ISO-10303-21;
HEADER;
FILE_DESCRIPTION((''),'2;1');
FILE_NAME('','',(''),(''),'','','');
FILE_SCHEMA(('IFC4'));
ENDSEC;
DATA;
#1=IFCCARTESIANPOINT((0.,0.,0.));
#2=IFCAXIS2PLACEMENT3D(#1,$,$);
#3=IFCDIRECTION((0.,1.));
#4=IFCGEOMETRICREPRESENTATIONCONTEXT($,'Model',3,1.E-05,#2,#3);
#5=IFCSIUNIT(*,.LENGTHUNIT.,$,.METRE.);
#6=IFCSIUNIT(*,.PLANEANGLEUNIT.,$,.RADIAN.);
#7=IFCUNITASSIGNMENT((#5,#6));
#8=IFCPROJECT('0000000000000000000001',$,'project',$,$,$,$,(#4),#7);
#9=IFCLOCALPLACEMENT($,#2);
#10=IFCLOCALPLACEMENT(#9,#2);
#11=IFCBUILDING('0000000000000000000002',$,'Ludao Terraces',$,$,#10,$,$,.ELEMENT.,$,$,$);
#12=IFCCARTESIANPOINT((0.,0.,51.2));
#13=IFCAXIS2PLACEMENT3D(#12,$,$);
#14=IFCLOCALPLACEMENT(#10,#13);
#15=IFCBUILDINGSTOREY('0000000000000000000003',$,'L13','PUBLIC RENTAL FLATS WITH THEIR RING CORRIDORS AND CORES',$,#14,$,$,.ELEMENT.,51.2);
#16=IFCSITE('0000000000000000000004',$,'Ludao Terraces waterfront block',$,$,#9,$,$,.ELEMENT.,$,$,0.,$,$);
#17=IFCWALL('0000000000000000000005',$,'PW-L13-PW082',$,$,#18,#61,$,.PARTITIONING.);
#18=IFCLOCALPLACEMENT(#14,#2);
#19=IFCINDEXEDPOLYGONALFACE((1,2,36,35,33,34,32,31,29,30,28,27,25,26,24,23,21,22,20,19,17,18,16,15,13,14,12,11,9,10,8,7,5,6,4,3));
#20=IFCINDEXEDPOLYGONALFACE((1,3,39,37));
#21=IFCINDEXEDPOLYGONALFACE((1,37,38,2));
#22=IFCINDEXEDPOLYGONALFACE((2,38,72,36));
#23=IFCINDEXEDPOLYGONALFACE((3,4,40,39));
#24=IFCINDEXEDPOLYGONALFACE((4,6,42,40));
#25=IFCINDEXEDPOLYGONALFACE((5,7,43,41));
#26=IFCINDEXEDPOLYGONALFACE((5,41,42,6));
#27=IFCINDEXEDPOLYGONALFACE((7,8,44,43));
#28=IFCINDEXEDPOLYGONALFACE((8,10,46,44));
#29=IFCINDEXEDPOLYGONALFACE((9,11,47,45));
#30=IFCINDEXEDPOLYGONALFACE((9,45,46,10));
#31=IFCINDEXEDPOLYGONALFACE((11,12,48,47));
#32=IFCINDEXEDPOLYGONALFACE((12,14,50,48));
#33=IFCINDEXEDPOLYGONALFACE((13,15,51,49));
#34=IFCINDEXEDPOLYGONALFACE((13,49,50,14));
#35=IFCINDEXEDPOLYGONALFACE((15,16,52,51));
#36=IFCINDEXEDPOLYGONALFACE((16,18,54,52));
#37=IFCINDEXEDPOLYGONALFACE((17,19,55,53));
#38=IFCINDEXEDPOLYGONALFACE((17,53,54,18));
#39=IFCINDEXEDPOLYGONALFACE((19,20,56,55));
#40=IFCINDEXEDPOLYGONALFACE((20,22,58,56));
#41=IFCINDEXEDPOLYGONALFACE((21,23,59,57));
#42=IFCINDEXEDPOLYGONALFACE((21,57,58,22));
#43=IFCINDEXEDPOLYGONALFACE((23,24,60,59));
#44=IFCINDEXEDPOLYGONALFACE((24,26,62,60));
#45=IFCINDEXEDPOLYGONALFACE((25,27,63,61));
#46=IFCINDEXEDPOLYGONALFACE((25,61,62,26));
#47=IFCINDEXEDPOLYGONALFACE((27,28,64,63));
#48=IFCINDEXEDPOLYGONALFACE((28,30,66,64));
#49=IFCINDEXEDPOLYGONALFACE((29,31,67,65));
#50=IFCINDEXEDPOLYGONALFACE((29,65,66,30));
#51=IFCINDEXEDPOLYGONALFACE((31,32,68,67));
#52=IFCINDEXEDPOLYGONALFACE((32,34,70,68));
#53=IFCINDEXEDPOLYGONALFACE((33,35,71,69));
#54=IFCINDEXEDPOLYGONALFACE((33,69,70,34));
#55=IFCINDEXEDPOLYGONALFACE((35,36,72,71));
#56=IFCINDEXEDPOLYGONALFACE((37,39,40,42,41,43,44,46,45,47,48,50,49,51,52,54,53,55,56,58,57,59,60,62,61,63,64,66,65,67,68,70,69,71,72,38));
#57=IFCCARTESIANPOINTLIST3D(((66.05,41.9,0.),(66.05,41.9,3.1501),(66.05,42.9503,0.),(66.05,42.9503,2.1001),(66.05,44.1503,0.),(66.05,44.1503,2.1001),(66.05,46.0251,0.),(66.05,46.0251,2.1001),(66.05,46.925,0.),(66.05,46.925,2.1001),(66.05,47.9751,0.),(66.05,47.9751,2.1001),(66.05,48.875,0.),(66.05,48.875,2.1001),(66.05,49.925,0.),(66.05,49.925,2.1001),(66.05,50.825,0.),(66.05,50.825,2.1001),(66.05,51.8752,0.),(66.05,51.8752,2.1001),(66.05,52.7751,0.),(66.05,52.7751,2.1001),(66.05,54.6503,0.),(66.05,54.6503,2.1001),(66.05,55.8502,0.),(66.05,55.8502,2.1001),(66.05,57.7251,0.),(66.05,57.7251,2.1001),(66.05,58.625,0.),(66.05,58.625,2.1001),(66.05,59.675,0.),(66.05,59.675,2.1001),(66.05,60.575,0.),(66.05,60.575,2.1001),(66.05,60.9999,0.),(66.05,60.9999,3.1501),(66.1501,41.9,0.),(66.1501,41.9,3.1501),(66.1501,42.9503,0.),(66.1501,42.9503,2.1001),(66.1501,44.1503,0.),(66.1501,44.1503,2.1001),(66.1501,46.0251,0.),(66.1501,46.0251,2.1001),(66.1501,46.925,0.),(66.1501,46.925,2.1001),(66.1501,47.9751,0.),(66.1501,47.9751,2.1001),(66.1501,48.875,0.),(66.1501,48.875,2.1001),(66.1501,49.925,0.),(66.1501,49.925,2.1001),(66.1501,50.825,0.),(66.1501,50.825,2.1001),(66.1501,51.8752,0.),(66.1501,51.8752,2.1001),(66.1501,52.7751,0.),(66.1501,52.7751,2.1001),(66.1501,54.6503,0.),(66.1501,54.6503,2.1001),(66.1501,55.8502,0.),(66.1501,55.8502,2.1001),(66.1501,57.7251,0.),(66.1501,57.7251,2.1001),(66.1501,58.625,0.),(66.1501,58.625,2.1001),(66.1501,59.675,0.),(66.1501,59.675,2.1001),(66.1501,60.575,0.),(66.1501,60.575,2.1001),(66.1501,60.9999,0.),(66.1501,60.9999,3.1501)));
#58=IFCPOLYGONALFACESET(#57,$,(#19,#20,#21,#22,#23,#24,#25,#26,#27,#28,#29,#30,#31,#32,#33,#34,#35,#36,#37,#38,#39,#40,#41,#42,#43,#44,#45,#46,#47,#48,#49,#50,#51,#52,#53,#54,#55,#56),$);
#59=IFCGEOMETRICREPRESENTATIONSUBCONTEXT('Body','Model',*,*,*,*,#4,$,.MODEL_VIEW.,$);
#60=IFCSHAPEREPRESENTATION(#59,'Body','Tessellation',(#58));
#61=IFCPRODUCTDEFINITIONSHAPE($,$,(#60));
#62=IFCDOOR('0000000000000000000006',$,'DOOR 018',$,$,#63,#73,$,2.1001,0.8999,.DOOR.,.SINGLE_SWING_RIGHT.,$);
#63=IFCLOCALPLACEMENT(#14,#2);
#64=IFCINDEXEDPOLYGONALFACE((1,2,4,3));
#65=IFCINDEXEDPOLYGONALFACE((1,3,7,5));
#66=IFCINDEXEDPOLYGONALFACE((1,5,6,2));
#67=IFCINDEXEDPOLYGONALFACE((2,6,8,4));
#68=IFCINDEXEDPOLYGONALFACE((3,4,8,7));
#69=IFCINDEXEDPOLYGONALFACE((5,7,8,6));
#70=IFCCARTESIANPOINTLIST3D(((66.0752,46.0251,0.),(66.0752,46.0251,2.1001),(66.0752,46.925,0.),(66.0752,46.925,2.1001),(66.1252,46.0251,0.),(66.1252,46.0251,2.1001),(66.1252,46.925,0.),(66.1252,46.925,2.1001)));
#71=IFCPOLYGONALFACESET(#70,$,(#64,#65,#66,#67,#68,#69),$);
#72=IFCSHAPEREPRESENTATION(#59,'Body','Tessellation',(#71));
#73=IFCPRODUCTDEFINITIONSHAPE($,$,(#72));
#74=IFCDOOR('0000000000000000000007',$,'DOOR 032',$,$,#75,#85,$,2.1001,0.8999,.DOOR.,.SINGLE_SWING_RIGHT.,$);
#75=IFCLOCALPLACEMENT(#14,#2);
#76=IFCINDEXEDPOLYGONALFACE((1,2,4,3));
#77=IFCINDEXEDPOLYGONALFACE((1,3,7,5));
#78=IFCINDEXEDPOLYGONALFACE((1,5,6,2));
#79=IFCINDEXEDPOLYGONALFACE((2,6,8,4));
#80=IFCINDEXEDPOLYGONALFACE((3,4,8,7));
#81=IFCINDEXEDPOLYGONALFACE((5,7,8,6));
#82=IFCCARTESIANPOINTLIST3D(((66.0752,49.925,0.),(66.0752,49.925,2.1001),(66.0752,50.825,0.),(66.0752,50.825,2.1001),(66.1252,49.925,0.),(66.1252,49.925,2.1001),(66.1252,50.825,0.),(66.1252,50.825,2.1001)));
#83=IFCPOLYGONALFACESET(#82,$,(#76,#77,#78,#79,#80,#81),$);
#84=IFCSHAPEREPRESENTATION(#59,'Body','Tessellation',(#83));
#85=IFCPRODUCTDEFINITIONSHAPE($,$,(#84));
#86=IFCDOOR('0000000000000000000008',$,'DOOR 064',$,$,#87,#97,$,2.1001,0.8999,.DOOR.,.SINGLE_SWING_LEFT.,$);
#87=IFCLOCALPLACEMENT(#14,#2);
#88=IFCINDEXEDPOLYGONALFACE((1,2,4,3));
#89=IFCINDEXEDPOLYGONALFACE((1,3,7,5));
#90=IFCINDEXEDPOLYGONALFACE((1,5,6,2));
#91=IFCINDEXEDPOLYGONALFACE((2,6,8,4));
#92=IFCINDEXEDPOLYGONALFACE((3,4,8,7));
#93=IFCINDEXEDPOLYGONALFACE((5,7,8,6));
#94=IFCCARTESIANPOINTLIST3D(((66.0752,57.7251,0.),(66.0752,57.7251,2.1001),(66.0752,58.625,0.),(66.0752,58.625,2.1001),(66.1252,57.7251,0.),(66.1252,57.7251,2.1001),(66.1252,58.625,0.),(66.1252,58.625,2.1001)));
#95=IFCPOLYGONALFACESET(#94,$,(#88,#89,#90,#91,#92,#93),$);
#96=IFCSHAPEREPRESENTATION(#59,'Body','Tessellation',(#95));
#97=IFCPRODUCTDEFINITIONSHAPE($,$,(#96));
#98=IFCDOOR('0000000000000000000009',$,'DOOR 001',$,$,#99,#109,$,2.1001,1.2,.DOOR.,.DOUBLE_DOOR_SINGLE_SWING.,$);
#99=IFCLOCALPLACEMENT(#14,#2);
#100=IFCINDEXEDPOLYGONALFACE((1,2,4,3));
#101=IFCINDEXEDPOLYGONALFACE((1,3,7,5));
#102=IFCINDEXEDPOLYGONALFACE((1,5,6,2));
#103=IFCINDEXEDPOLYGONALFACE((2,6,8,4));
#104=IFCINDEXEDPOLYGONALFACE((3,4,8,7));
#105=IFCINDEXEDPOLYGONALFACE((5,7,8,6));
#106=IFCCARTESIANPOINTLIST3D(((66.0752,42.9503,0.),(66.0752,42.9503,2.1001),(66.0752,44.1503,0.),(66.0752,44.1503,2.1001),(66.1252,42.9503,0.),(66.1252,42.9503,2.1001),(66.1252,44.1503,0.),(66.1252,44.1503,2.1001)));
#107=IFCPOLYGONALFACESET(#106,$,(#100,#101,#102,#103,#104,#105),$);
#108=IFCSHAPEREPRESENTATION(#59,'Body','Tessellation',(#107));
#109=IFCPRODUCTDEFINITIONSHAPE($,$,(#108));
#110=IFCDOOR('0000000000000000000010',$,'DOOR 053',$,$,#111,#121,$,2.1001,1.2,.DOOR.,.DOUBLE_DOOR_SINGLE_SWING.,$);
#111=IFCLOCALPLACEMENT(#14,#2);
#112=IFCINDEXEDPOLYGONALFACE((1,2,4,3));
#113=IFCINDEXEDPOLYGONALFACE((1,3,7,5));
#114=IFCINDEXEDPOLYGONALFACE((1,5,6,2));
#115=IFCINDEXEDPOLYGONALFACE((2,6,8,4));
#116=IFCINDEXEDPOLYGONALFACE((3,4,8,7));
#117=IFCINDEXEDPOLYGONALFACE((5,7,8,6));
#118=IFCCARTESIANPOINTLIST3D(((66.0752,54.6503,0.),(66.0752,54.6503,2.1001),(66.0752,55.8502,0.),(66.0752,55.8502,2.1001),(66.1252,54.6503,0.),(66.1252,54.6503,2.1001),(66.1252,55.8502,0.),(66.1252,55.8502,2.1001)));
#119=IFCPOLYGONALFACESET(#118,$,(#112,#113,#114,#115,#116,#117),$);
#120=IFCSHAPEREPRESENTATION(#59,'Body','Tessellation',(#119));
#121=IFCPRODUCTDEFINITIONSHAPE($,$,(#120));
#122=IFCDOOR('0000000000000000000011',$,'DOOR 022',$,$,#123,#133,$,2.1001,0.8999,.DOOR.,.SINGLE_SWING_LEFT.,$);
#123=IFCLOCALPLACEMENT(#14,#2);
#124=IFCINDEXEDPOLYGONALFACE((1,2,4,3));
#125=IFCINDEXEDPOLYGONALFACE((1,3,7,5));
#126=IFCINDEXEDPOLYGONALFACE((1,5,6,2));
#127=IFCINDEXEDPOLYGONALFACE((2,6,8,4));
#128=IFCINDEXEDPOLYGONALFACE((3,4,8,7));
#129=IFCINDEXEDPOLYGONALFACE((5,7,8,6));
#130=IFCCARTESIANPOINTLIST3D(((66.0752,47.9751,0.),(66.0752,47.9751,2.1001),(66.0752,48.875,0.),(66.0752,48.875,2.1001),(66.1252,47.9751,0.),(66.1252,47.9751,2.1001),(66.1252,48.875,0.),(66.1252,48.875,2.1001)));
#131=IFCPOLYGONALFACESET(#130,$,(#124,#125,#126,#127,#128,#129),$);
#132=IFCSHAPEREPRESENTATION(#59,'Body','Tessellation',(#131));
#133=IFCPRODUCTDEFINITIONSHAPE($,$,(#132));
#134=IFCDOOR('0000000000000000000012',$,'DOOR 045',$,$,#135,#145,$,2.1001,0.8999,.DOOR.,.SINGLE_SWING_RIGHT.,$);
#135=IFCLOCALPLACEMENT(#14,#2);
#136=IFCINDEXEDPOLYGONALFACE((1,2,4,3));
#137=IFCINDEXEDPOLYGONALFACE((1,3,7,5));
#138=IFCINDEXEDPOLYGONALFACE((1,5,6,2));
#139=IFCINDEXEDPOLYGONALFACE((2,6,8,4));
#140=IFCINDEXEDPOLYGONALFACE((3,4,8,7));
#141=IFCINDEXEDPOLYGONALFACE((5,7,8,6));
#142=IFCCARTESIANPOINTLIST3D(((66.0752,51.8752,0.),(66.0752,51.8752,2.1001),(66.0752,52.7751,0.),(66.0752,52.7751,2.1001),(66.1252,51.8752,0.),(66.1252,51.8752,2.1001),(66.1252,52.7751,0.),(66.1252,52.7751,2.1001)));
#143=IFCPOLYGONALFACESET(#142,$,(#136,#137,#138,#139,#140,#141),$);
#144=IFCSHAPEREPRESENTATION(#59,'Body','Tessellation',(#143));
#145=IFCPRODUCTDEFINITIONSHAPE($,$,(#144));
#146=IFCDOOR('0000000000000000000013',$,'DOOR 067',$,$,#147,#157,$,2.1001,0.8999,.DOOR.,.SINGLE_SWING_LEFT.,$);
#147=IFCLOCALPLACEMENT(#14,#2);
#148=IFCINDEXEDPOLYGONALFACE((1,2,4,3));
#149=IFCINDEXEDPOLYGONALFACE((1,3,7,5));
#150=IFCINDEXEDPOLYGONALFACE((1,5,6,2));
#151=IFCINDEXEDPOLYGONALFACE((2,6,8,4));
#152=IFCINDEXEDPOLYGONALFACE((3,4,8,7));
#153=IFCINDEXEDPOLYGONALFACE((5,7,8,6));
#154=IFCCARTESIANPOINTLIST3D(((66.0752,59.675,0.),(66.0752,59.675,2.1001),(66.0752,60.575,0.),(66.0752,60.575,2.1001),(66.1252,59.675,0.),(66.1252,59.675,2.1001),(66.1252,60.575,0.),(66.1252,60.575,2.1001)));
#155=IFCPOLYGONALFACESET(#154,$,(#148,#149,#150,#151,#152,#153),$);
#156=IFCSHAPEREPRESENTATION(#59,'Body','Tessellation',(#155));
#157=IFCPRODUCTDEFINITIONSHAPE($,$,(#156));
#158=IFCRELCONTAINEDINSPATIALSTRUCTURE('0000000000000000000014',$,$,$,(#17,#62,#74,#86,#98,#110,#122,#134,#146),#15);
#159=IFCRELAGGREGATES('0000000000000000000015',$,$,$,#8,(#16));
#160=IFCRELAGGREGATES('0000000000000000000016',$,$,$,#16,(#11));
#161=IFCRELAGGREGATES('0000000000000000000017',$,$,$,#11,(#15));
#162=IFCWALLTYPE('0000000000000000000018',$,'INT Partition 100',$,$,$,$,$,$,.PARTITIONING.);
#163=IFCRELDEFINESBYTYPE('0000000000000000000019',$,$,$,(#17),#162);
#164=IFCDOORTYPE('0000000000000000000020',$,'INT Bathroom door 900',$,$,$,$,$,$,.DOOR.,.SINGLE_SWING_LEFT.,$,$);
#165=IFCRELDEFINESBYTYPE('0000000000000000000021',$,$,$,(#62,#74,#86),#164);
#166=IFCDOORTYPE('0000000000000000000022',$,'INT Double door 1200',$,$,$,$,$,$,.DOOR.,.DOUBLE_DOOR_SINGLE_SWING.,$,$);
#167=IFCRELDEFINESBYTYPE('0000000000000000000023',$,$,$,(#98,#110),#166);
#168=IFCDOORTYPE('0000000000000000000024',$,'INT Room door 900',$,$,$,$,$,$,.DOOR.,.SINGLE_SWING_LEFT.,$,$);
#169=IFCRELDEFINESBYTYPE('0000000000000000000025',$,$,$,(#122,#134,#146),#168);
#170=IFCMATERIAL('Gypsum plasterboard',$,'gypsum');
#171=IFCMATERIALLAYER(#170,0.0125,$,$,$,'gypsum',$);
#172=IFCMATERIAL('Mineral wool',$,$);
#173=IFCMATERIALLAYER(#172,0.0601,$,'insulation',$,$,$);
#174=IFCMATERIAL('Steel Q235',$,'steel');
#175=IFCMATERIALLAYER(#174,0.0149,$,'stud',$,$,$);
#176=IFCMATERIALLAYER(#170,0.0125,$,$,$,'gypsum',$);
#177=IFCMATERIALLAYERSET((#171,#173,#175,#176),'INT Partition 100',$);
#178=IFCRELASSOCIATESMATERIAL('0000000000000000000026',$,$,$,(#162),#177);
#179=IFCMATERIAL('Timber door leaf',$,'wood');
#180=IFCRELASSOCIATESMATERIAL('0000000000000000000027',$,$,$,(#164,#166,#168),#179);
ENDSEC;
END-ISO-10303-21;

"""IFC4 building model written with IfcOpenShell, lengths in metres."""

from ifc_helpers import new_model, si_unit, direction, frame, frame_2d, origin, place, context, subcontext, project, spatial, rectangle, extrude, material, layer, layer_set, type_object, element, fill, save


model = new_model("IFC4")

# Units and contexts
model_context = context("Model", 3, precision=1e-05, world=origin(), true_north=direction((0.0, 1.0)))
body_context = subcontext(model_context, "Body", "Model", "MODEL_VIEW")
ifc_project = project(units=[si_unit("LENGTHUNIT", "METRE"), si_unit("PLANEANGLEUNIT", "RADIAN")], contexts=[model_context])

# Site, building, storey
site_placement = place(None, origin())
site = spatial("IfcSite", under=ifc_project, at=site_placement, Name="Ludao Terraces waterfront block", CompositionType="ELEMENT", RefElevation=0.0)
building_placement = place(site_placement, origin())
building = spatial("IfcBuilding", under=site, at=building_placement, Name="Ludao Terraces", CompositionType="ELEMENT")
storey_placement = place(building_placement, frame((0.0, 0.0, 51.2)))
storey = spatial("IfcBuildingStorey", under=building, at=storey_placement, Name="L13", Description="PUBLIC RENTAL FLATS WITH THEIR RING CORRIDORS AND CORES", CompositionType="ELEMENT", Elevation=51.2)

# Wall, openings, doors
ifc_material_1 = material(Name="Gypsum plasterboard", Category="gypsum")
ifc_layer_1 = layer(ifc_material_1, 0.0125, Category="gypsum")
ifc_material_2 = material(Name="Mineral wool")
ifc_layer_2 = layer(ifc_material_2, 0.0601, Name="insulation")
ifc_material_3 = material(Name="Steel Q235", Category="steel")
ifc_layer_3 = layer(ifc_material_3, 0.0149, Name="stud")
ifc_layer_4 = layer(ifc_material_1, 0.0125, Category="gypsum")
ifc_layer_set = layer_set([ifc_layer_1, ifc_layer_2, ifc_layer_3, ifc_layer_4], Name="INT Partition 100")
wall_type = type_object("IfcWallType", Name="INT Partition 100", PredefinedType="PARTITIONING", material=ifc_layer_set)
wall_1_placement = place(storey_placement, frame((66.1001, 41.9001, 0.0), z_axis=(0.0, 0.0, 1.0), x_axis=(0.0, 1.0, 0.0)))
wall_1 = element("IfcWall", 1, at=wall_1_placement, inside=storey, type_object=wall_type, Name="PW-L13-PW082", PredefinedType="PARTITIONING", context=body_context, shape_type="SweptSolid", body=[
    extrude(rectangle(XDim=19.0999, YDim=0.1001, at=frame_2d((9.5498, 0.0))), origin(), (0.0, 0.0, 1.0), 3.1501),
])
opening_1_placement = place(wall_1_placement, frame((1.05, 0.0, 0.0)))
opening_1 = element("IfcOpeningElement", 2, at=opening_1_placement, cuts=wall_1, PredefinedType="OPENING", context=body_context, shape_type="SweptSolid", body=[
    extrude(rectangle(XDim=1.2, YDim=2.1001, at=frame_2d((0.6001, 1.05))), frame((0.0, 0.0601, 0.0), z_axis=(0.0, -1.0, 0.0), x_axis=(1.0, 0.0, 0.0)), (0.0, 0.0, 1.0), 0.1201),
])
opening_2_placement = place(wall_1_placement, frame((4.125, 0.0, 0.0)))
opening_2 = element("IfcOpeningElement", 3, at=opening_2_placement, cuts=wall_1, PredefinedType="OPENING", context=body_context, shape_type="SweptSolid", body=[
    extrude(rectangle(XDim=0.8999, YDim=2.1001, at=frame_2d((0.45, 1.05))), frame((0.0, 0.0601, 0.0), z_axis=(0.0, -1.0, 0.0), x_axis=(1.0, 0.0, 0.0)), (0.0, 0.0, 1.0), 0.1201),
])
opening_3_placement = place(wall_1_placement, frame((6.075, 0.0, 0.0)))
opening_3 = element("IfcOpeningElement", 4, at=opening_3_placement, cuts=wall_1, PredefinedType="OPENING", context=body_context, shape_type="SweptSolid", body=[
    extrude(rectangle(XDim=0.8999, YDim=2.1001, at=frame_2d((0.45, 1.05))), frame((0.0, 0.0601, 0.0), z_axis=(0.0, -1.0, 0.0), x_axis=(1.0, 0.0, 0.0)), (0.0, 0.0, 1.0), 0.1201),
])
opening_4_placement = place(wall_1_placement, frame((8.0249, 0.0, 0.0)))
opening_4 = element("IfcOpeningElement", 5, at=opening_4_placement, cuts=wall_1, PredefinedType="OPENING", context=body_context, shape_type="SweptSolid", body=[
    extrude(rectangle(XDim=0.8999, YDim=2.1001, at=frame_2d((0.45, 1.05))), frame((0.0, 0.0601, 0.0), z_axis=(0.0, -1.0, 0.0), x_axis=(1.0, 0.0, 0.0)), (0.0, 0.0, 1.0), 0.1201),
])
opening_5_placement = place(wall_1_placement, frame((9.9751, 0.0, 0.0)))
opening_5 = element("IfcOpeningElement", 6, at=opening_5_placement, cuts=wall_1, PredefinedType="OPENING", context=body_context, shape_type="SweptSolid", body=[
    extrude(rectangle(XDim=0.8999, YDim=2.1001, at=frame_2d((0.45, 1.05))), frame((0.0, 0.0601, 0.0), z_axis=(0.0, -1.0, 0.0), x_axis=(1.0, 0.0, 0.0)), (0.0, 0.0, 1.0), 0.1201),
])
opening_6_placement = place(wall_1_placement, frame((12.75, 0.0, 0.0)))
opening_6 = element("IfcOpeningElement", 7, at=opening_6_placement, cuts=wall_1, PredefinedType="OPENING", context=body_context, shape_type="SweptSolid", body=[
    extrude(rectangle(XDim=1.2, YDim=2.1001, at=frame_2d((0.6001, 1.05))), frame((0.0, 0.0601, 0.0), z_axis=(0.0, -1.0, 0.0), x_axis=(1.0, 0.0, 0.0)), (0.0, 0.0, 1.0), 0.1201),
])
opening_7_placement = place(wall_1_placement, frame((15.825, 0.0, 0.0)))
opening_7 = element("IfcOpeningElement", 8, at=opening_7_placement, cuts=wall_1, PredefinedType="OPENING", context=body_context, shape_type="SweptSolid", body=[
    extrude(rectangle(XDim=0.8999, YDim=2.1001, at=frame_2d((0.45, 1.05))), frame((0.0, 0.0601, 0.0), z_axis=(0.0, -1.0, 0.0), x_axis=(1.0, 0.0, 0.0)), (0.0, 0.0, 1.0), 0.1201),
])
opening_8_placement = place(wall_1_placement, frame((17.7749, 0.0, 0.0)))
opening_8 = element("IfcOpeningElement", 9, at=opening_8_placement, cuts=wall_1, PredefinedType="OPENING", context=body_context, shape_type="SweptSolid", body=[
    extrude(rectangle(XDim=0.8999, YDim=2.1001, at=frame_2d((0.45, 1.05))), frame((0.0, 0.0601, 0.0), z_axis=(0.0, -1.0, 0.0), x_axis=(1.0, 0.0, 0.0)), (0.0, 0.0, 1.0), 0.1201),
])
ifc_material_4 = material(Name="Timber door leaf", Category="wood")
door_type_1 = type_object("IfcDoorType", Name="INT Bathroom door 900", OperationType="SINGLE_SWING_LEFT", PredefinedType="DOOR", material=ifc_material_4)
door_1_placement = place(opening_2_placement, origin())
door_1 = element("IfcDoor", 10, at=door_1_placement, inside=storey, type_object=door_type_1, Name="DOOR 018", OperationType="SINGLE_SWING_RIGHT", OverallHeight=2.1001, OverallWidth=0.8999, PredefinedType="DOOR", context=body_context, shape_type="SweptSolid", body=[
    extrude(rectangle(XDim=0.8999, YDim=2.1001, at=frame_2d((0.45, 1.05))), frame((0.0, 0.0249, 0.0), z_axis=(0.0, -1.0, 0.0), x_axis=(1.0, 0.0, 0.0)), (0.0, 0.0, 1.0), 0.05),
])
fill(opening_2, door_1)
door_2_placement = place(opening_4_placement, origin())
door_2 = element("IfcDoor", 11, at=door_2_placement, inside=storey, type_object=door_type_1, Name="DOOR 032", OperationType="SINGLE_SWING_RIGHT", OverallHeight=2.1001, OverallWidth=0.8999, PredefinedType="DOOR", context=body_context, shape_type="SweptSolid", body=[
    extrude(rectangle(XDim=0.8999, YDim=2.1001, at=frame_2d((0.45, 1.05))), frame((0.0, 0.0249, 0.0), z_axis=(0.0, -1.0, 0.0), x_axis=(1.0, 0.0, 0.0)), (0.0, 0.0, 1.0), 0.05),
])
fill(opening_4, door_2)
door_3_placement = place(opening_7_placement, origin())
door_3 = element("IfcDoor", 12, at=door_3_placement, inside=storey, type_object=door_type_1, Name="DOOR 064", OperationType="SINGLE_SWING_LEFT", OverallHeight=2.1001, OverallWidth=0.8999, PredefinedType="DOOR", context=body_context, shape_type="SweptSolid", body=[
    extrude(rectangle(XDim=0.8999, YDim=2.1001, at=frame_2d((0.45, 1.05))), frame((0.0, 0.0249, 0.0), z_axis=(0.0, -1.0, 0.0), x_axis=(1.0, 0.0, 0.0)), (0.0, 0.0, 1.0), 0.05),
])
fill(opening_7, door_3)
door_type_2 = type_object("IfcDoorType", Name="INT Double door 1200", OperationType="DOUBLE_DOOR_SINGLE_SWING", PredefinedType="DOOR", material=ifc_material_4)
door_4_placement = place(opening_1_placement, origin())
door_4 = element("IfcDoor", 13, at=door_4_placement, inside=storey, type_object=door_type_2, Name="DOOR 001", OperationType="DOUBLE_DOOR_SINGLE_SWING", OverallHeight=2.1001, OverallWidth=1.2, PredefinedType="DOOR", context=body_context, shape_type="SweptSolid", body=[
    extrude(rectangle(XDim=1.2, YDim=2.1001, at=frame_2d((0.6001, 1.05))), frame((0.0, 0.0249, 0.0), z_axis=(0.0, -1.0, 0.0), x_axis=(1.0, 0.0, 0.0)), (0.0, 0.0, 1.0), 0.05),
])
fill(opening_1, door_4)
door_5_placement = place(opening_6_placement, origin())
door_5 = element("IfcDoor", 14, at=door_5_placement, inside=storey, type_object=door_type_2, Name="DOOR 053", OperationType="DOUBLE_DOOR_SINGLE_SWING", OverallHeight=2.1001, OverallWidth=1.2, PredefinedType="DOOR", context=body_context, shape_type="SweptSolid", body=[
    extrude(rectangle(XDim=1.2, YDim=2.1001, at=frame_2d((0.6001, 1.05))), frame((0.0, 0.0249, 0.0), z_axis=(0.0, -1.0, 0.0), x_axis=(1.0, 0.0, 0.0)), (0.0, 0.0, 1.0), 0.05),
])
fill(opening_6, door_5)
door_type_3 = type_object("IfcDoorType", Name="INT Room door 900", OperationType="SINGLE_SWING_LEFT", PredefinedType="DOOR", material=ifc_material_4)
door_6_placement = place(opening_3_placement, origin())
door_6 = element("IfcDoor", 15, at=door_6_placement, inside=storey, type_object=door_type_3, Name="DOOR 022", OperationType="SINGLE_SWING_LEFT", OverallHeight=2.1001, OverallWidth=0.8999, PredefinedType="DOOR", context=body_context, shape_type="SweptSolid", body=[
    extrude(rectangle(XDim=0.8999, YDim=2.1001, at=frame_2d((0.45, 1.05))), frame((0.0, 0.0249, 0.0), z_axis=(0.0, -1.0, 0.0), x_axis=(1.0, 0.0, 0.0)), (0.0, 0.0, 1.0), 0.05),
])
fill(opening_3, door_6)
door_7_placement = place(opening_5_placement, origin())
door_7 = element("IfcDoor", 16, at=door_7_placement, inside=storey, type_object=door_type_3, Name="DOOR 045", OperationType="SINGLE_SWING_RIGHT", OverallHeight=2.1001, OverallWidth=0.8999, PredefinedType="DOOR", context=body_context, shape_type="SweptSolid", body=[
    extrude(rectangle(XDim=0.8999, YDim=2.1001, at=frame_2d((0.45, 1.05))), frame((0.0, 0.0249, 0.0), z_axis=(0.0, -1.0, 0.0), x_axis=(1.0, 0.0, 0.0)), (0.0, 0.0, 1.0), 0.05),
])
fill(opening_5, door_7)
door_8_placement = place(opening_8_placement, origin())
door_8 = element("IfcDoor", 17, at=door_8_placement, inside=storey, type_object=door_type_3, Name="DOOR 067", OperationType="SINGLE_SWING_LEFT", OverallHeight=2.1001, OverallWidth=0.8999, PredefinedType="DOOR", context=body_context, shape_type="SweptSolid", body=[
    extrude(rectangle(XDim=0.8999, YDim=2.1001, at=frame_2d((0.45, 1.05))), frame((0.0, 0.0249, 0.0), z_axis=(0.0, -1.0, 0.0), x_axis=(1.0, 0.0, 0.0)), (0.0, 0.0, 1.0), 0.05),
])
fill(opening_8, door_8)

save(model, "model.ifc")
